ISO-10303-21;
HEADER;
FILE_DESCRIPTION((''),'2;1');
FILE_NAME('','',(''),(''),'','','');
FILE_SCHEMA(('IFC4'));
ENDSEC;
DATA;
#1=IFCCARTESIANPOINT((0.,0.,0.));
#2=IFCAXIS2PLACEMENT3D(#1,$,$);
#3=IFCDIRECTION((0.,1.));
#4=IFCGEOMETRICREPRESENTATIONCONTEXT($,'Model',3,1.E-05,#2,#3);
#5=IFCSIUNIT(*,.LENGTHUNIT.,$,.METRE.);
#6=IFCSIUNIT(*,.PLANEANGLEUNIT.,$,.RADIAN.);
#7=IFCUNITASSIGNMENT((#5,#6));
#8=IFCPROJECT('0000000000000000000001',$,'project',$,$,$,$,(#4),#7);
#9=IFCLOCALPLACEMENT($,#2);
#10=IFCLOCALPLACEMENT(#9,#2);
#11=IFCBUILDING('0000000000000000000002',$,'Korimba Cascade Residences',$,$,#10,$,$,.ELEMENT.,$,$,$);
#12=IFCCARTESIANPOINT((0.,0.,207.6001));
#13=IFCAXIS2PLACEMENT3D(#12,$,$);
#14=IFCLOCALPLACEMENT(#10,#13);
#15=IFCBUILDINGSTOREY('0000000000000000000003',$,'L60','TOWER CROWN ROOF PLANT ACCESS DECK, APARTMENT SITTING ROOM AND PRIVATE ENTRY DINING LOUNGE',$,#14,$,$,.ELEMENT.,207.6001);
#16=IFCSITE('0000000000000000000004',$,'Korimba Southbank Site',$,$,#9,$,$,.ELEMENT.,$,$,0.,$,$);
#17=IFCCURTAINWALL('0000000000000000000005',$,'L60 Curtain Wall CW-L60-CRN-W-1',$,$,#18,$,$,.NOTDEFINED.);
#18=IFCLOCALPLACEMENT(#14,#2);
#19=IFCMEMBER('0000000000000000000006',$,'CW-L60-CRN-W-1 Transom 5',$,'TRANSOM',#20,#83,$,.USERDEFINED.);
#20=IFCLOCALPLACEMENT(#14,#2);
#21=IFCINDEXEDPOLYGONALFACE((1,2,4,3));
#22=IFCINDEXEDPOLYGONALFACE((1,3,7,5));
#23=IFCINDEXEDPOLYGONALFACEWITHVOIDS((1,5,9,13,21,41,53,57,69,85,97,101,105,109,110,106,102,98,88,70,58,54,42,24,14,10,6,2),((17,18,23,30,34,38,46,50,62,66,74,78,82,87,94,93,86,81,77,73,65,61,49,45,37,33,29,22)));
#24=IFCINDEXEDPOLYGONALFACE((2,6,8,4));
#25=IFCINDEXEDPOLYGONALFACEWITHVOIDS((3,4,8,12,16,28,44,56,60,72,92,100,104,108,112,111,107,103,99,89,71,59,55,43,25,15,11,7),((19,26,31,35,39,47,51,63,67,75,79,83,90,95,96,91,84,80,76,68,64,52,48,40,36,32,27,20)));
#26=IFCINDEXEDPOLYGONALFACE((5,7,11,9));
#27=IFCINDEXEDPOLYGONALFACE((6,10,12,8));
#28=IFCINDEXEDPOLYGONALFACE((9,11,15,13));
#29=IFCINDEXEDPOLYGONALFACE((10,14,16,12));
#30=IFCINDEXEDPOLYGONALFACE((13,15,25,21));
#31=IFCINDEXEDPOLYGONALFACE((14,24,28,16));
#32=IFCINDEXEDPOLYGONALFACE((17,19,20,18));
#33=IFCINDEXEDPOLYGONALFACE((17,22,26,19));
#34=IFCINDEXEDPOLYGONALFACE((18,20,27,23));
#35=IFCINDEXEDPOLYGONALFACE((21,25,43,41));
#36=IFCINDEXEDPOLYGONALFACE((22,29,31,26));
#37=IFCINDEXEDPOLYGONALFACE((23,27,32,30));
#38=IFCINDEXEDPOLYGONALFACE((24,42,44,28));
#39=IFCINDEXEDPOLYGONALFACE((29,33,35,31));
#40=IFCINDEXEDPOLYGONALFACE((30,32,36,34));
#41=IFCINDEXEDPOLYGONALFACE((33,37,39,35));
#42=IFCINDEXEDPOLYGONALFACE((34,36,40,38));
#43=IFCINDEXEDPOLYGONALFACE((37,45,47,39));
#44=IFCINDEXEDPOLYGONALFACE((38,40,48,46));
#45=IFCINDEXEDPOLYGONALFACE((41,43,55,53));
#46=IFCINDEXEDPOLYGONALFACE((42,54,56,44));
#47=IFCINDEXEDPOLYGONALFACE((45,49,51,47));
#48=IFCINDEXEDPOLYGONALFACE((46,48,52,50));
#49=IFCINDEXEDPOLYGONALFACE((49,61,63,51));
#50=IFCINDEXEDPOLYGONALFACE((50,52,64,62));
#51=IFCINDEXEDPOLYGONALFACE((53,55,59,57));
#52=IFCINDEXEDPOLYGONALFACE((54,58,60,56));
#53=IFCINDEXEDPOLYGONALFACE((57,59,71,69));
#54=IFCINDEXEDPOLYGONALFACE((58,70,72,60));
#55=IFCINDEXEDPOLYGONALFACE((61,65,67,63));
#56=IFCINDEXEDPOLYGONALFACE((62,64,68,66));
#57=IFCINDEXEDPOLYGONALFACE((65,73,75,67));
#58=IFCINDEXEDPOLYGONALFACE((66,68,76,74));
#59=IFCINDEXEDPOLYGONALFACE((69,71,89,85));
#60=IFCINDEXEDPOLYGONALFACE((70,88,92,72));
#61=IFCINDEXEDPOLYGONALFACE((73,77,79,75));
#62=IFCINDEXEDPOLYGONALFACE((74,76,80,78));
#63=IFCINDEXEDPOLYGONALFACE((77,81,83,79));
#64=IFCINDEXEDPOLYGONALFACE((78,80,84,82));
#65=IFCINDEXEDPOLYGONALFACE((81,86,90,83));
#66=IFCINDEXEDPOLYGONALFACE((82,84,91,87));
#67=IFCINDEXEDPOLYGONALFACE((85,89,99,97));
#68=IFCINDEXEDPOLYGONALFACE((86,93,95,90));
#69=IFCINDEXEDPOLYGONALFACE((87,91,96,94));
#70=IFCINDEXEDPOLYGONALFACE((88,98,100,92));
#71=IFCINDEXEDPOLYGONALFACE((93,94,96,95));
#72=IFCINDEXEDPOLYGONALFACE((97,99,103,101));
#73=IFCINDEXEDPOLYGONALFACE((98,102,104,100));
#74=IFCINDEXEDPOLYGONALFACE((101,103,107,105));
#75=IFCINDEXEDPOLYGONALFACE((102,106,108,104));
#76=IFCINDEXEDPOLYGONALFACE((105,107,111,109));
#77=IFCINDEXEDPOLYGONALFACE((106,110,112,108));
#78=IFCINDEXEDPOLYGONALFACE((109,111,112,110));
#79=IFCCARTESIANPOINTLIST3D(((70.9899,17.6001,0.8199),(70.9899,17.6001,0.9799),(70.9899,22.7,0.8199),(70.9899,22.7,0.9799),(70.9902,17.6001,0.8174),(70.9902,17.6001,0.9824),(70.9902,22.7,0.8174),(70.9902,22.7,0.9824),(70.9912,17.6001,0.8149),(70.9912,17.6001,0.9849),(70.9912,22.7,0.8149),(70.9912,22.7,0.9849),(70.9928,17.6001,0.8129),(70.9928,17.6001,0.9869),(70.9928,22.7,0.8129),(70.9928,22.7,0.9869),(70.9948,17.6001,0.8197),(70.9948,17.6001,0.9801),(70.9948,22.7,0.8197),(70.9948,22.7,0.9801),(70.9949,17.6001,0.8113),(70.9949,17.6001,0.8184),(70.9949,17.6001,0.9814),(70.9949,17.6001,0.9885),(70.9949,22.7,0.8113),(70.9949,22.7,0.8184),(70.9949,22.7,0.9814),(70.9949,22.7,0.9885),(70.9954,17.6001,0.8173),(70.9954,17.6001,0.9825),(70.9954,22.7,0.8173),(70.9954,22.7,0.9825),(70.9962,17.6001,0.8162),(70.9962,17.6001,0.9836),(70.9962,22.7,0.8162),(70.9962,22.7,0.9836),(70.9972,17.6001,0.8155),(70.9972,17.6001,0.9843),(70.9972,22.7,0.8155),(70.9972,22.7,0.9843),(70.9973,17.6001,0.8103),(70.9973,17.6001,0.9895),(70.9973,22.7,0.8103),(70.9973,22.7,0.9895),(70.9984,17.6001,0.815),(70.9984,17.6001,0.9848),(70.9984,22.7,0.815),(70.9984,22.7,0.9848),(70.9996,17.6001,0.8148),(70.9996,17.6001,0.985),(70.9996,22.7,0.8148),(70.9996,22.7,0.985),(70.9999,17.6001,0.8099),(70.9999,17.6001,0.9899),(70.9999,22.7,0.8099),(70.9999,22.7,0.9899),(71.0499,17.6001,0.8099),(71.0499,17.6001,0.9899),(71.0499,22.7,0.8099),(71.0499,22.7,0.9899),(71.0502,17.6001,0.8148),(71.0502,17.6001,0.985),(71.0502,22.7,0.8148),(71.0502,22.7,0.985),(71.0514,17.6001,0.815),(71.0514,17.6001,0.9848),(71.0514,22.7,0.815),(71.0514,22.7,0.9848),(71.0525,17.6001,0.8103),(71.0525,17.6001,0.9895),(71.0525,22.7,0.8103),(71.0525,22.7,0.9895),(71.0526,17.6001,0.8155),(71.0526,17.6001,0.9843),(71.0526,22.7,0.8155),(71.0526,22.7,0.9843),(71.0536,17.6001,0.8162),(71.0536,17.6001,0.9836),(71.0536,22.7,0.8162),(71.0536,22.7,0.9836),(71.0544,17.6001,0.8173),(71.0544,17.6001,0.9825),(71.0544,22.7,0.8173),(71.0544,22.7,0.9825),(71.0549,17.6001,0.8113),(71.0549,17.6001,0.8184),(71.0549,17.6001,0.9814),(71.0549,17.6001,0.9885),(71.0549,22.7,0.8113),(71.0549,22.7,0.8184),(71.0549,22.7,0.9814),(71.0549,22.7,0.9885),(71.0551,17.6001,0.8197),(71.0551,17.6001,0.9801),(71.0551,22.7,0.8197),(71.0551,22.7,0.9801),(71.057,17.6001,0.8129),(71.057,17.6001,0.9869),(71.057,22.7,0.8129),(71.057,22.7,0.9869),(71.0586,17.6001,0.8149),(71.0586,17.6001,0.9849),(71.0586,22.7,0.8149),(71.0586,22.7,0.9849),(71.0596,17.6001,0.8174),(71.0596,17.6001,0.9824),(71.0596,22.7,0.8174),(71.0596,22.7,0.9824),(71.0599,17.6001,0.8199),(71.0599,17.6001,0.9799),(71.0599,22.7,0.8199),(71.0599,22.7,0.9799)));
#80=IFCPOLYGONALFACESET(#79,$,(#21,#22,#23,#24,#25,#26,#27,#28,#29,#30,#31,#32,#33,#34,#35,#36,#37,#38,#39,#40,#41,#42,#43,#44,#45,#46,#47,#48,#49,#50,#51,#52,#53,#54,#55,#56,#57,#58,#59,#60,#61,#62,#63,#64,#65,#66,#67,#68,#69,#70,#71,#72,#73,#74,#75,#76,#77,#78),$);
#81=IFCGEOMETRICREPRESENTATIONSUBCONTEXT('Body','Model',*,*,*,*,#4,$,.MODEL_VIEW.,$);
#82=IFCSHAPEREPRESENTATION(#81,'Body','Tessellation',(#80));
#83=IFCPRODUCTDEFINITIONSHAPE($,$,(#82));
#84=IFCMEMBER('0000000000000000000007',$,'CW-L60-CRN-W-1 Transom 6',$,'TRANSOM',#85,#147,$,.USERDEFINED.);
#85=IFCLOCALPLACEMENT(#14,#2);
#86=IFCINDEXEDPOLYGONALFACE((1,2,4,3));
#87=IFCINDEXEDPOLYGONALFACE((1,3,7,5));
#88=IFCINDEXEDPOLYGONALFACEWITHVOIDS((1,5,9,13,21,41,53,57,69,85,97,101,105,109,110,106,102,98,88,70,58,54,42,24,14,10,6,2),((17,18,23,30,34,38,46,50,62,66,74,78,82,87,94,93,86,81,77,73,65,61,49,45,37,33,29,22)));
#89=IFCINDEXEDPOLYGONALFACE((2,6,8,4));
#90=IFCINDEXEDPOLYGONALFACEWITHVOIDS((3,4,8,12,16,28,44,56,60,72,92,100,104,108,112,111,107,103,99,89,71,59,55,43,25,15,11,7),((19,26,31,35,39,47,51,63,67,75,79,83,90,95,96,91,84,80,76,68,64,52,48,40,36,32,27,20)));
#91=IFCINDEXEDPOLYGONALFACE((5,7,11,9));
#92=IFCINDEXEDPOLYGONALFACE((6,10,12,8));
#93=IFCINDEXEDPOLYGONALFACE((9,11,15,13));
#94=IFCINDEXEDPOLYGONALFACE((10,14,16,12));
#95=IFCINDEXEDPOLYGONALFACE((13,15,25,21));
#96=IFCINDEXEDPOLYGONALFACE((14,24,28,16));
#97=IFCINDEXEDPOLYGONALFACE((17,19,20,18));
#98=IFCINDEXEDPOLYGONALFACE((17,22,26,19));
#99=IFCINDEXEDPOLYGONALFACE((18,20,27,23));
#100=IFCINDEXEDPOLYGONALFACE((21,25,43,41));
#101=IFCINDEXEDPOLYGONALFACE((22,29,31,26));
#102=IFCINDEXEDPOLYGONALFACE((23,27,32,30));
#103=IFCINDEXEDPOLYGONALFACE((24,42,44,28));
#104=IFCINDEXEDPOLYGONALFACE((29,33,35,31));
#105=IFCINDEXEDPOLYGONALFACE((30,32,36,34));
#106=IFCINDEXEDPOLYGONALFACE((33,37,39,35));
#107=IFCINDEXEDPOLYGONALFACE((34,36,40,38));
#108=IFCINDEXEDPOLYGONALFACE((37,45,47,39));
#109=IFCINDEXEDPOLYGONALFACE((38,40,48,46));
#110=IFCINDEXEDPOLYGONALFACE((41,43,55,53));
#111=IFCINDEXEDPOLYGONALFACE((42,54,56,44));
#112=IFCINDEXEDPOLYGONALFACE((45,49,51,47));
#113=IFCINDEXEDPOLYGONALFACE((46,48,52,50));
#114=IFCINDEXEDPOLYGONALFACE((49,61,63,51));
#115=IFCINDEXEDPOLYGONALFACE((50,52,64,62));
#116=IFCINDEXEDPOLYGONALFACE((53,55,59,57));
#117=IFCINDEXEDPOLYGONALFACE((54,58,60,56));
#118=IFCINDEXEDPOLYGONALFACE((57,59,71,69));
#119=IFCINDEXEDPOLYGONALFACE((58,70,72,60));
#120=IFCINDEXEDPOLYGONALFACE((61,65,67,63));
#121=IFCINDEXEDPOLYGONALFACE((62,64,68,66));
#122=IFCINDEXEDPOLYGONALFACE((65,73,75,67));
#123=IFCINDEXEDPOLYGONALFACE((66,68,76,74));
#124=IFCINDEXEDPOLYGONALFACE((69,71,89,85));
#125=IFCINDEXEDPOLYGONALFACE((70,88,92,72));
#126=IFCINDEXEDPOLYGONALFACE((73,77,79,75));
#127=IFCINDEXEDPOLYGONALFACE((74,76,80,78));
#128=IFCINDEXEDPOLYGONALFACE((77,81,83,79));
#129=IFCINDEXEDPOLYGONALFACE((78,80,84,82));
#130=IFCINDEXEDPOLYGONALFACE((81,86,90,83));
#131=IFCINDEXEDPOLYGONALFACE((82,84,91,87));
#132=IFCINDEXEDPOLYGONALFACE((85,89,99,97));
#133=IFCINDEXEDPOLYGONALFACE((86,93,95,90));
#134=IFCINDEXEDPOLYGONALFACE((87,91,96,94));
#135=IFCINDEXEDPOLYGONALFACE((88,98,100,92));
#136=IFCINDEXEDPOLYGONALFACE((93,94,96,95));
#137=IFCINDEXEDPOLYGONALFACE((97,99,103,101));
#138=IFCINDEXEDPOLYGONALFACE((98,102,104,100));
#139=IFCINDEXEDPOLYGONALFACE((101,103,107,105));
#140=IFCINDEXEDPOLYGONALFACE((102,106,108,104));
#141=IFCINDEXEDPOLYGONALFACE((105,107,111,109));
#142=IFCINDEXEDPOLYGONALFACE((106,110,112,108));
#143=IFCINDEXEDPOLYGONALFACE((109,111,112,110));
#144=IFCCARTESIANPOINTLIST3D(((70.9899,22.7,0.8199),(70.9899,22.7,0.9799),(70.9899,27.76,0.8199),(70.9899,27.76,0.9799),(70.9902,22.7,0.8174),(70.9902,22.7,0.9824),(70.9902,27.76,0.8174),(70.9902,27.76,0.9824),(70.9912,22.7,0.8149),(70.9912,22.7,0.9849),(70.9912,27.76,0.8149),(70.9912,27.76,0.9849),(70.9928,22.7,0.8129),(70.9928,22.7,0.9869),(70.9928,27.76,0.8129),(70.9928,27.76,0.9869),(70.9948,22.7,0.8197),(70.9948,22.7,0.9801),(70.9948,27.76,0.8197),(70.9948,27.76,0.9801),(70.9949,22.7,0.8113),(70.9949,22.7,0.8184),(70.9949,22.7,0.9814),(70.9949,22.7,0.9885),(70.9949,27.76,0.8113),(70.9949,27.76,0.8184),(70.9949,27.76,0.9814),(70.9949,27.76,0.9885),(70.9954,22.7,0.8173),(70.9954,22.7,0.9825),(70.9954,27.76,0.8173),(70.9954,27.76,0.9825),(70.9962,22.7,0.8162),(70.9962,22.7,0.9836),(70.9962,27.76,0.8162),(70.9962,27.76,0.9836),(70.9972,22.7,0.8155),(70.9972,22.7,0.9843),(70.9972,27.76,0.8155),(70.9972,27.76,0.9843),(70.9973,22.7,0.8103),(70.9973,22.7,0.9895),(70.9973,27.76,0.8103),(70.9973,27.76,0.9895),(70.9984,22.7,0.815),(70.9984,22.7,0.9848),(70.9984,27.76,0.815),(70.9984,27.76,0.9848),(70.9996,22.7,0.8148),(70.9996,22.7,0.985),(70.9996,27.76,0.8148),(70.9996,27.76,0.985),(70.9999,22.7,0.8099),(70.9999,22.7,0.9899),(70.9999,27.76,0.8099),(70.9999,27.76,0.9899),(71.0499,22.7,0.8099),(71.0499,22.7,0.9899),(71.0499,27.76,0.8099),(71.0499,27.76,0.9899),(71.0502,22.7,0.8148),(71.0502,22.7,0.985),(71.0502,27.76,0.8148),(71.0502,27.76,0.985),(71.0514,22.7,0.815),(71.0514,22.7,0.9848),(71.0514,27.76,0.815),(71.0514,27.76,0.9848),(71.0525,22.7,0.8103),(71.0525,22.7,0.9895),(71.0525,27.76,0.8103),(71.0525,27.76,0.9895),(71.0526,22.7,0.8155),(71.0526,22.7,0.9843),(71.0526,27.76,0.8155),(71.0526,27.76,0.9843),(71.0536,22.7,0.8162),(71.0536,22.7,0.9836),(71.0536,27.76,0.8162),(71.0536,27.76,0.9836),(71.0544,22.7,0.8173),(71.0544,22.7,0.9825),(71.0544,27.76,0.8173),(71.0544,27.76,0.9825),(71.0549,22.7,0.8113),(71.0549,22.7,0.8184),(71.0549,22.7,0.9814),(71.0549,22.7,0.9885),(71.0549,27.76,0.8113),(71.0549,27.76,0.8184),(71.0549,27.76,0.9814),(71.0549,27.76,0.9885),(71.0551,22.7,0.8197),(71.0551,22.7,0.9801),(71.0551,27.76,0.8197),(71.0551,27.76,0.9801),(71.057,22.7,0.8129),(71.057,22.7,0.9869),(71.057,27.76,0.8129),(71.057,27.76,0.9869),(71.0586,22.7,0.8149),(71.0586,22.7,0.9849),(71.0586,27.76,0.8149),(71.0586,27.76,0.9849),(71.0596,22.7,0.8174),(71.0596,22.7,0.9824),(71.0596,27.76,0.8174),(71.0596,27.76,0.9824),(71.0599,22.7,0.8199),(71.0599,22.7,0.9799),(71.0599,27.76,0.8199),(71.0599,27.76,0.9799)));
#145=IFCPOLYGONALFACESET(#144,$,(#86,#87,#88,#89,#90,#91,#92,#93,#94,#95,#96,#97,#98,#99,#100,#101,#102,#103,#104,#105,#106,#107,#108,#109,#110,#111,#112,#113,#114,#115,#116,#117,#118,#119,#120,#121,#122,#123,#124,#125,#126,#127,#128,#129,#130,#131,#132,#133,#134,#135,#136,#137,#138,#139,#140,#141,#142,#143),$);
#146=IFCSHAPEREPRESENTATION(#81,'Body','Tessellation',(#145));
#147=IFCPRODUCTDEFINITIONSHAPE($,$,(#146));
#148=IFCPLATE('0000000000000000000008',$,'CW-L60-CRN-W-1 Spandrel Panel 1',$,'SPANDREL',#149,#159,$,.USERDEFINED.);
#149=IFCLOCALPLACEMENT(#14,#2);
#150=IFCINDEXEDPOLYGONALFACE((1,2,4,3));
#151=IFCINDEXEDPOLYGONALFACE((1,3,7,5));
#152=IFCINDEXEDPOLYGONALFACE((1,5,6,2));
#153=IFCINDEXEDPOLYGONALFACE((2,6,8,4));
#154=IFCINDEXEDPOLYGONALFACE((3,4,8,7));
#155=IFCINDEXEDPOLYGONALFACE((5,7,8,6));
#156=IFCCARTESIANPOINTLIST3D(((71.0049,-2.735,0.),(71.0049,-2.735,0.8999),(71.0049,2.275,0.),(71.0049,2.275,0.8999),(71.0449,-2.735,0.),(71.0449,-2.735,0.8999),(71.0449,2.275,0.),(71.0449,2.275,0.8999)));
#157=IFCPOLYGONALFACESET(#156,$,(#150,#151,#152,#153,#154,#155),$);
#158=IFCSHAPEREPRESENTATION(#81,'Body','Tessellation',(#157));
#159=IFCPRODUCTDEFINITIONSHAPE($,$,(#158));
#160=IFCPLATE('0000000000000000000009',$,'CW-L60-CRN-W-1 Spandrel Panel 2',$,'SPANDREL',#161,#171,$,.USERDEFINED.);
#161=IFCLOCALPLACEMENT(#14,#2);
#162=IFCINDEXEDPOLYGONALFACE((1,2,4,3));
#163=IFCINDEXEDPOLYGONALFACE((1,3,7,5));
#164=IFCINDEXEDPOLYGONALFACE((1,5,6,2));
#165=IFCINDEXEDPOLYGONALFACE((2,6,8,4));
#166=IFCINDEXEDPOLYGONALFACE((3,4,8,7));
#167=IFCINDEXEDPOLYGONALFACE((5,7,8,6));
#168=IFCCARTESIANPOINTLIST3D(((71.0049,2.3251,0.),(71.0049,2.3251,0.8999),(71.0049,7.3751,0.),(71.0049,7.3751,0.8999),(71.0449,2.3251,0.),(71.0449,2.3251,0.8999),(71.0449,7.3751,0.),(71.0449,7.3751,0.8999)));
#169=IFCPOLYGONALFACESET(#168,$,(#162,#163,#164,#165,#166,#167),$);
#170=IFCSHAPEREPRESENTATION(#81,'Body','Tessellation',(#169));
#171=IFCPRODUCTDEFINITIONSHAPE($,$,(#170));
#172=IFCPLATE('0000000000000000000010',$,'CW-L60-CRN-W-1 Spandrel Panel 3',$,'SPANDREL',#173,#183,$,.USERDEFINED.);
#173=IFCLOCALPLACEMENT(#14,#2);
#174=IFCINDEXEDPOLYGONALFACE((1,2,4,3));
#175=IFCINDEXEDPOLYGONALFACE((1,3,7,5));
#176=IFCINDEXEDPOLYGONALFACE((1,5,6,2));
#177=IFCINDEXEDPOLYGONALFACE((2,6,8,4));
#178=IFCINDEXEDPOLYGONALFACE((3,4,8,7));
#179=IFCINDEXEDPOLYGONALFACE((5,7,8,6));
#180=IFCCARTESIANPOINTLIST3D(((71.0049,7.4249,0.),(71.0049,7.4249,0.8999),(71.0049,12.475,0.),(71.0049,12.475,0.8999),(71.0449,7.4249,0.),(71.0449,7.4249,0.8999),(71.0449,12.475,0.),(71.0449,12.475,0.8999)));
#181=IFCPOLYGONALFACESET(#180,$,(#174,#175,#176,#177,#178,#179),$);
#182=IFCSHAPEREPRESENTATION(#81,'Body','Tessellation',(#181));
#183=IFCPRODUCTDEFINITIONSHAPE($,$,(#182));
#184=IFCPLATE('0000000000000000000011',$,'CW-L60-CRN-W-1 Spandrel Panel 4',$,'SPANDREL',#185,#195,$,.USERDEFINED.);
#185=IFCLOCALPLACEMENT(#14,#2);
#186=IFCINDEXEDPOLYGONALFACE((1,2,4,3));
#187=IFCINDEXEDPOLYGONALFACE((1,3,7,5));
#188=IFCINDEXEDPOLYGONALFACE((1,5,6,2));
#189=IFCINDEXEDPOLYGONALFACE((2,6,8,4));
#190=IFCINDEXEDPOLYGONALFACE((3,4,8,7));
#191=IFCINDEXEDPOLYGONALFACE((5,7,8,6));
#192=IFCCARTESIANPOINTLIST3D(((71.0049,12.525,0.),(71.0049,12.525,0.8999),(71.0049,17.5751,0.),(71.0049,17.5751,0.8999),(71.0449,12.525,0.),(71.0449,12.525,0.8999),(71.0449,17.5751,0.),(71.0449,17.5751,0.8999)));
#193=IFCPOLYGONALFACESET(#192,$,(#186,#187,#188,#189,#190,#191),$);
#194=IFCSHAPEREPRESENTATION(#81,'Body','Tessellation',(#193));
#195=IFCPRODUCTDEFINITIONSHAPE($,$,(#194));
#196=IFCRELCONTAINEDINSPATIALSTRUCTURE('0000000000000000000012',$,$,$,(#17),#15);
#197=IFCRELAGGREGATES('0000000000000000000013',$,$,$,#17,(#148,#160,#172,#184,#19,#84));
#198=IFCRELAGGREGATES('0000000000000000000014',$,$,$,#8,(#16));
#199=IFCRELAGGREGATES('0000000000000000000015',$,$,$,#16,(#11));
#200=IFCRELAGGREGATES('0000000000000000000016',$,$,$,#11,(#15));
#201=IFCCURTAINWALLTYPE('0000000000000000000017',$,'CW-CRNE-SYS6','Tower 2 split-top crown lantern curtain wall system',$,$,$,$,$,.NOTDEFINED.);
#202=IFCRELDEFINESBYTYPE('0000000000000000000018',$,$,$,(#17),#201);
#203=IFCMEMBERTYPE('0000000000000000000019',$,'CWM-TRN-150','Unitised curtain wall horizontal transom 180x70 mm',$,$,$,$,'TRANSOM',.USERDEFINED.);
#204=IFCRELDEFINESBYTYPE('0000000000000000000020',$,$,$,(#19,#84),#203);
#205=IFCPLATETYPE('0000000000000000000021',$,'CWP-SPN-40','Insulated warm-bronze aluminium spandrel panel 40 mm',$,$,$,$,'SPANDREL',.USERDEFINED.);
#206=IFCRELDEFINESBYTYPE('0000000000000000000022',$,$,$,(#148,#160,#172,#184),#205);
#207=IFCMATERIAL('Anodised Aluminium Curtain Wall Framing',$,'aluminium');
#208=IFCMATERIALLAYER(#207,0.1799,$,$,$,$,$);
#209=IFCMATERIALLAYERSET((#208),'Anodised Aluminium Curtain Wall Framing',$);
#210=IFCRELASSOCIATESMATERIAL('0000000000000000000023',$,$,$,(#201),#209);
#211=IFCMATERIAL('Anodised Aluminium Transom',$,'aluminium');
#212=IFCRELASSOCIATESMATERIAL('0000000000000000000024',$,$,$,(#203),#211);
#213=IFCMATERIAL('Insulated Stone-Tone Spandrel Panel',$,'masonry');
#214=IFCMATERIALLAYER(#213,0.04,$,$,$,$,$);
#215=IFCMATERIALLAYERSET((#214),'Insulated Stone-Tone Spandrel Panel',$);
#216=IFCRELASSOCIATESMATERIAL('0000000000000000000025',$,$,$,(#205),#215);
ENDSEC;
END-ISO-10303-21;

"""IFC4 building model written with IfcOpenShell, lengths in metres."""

from ifc_helpers import new_model, si_unit, direction, frame, origin, origin_2d, place, context, subcontext, project, spatial, rectangle, hollow_rectangle, extrude, material, layer, layer_set, material_profile, profile_set, type_object, element, aggregate, save


model = new_model("IFC4")

# Units and contexts
model_context = context("Model", 3, precision=1e-05, world=origin(), true_north=direction((0.0, 1.0)))
body_context = subcontext(model_context, "Body", "Model", "MODEL_VIEW")
ifc_project = project(units=[si_unit("LENGTHUNIT", "METRE"), si_unit("PLANEANGLEUNIT", "RADIAN")], contexts=[model_context])

# Site, building, storey
site_placement = place(None, origin())
site = spatial("IfcSite", under=ifc_project, at=site_placement, Name="Korimba Southbank Site", CompositionType="ELEMENT", RefElevation=0.0)
building_placement = place(site_placement, origin())
building = spatial("IfcBuilding", under=site, at=building_placement, Name="Korimba Cascade Residences", CompositionType="ELEMENT")
storey_placement = place(building_placement, frame((0.0, 0.0, 207.6001)))
storey = spatial("IfcBuildingStorey", under=building, at=storey_placement, Name="L60", Description="TOWER CROWN ROOF PLANT ACCESS DECK, APARTMENT SITTING ROOM AND PRIVATE ENTRY DINING LOUNGE", CompositionType="ELEMENT", Elevation=207.6001)

# Curtain wall, members, plates
ifc_material_1 = material(Name="Anodised Aluminium Curtain Wall Framing", Category="aluminium")
ifc_layer_1 = layer(ifc_material_1, 0.1799)
ifc_layer_set_1 = layer_set([ifc_layer_1], Name="Anodised Aluminium Curtain Wall Framing")
curtain_wall_type = type_object("IfcCurtainWallType", Name="CW-CRNE-SYS6", Description="Tower 2 split-top crown lantern curtain wall system", PredefinedType="NOTDEFINED", material=ifc_layer_set_1)
curtain_wall_placement = place(storey_placement, origin())
curtain_wall = element("IfcCurtainWall", 1, at=curtain_wall_placement, inside=storey, type_object=curtain_wall_type, Name="L60 Curtain Wall CW-L60-CRN-W-1", PredefinedType="NOTDEFINED")
ifc_material_2 = material(Name="Anodised Aluminium Transom", Category="aluminium")
ifc_material_profile_1 = material_profile(ifc_material_2, hollow_rectangle(XDim=0.0701, YDim=0.1799, WallThickness=0.0049, InnerFilletRadius=0.0049, OuterFilletRadius=0.01, at=origin_2d()), Name="Anodised Aluminium Transom")
ifc_profile_set_1 = profile_set([ifc_material_profile_1], Name="Anodised Aluminium Transom")
member_type_1 = type_object("IfcMemberType", Name="CWM-TRN-150", Description="Unitised curtain wall horizontal transom 180x70 mm", ElementType="TRANSOM", PredefinedType="USERDEFINED", material=ifc_profile_set_1)
member_1_placement = place(storey_placement, frame((71.0249, 17.6001, 0.8999), z_axis=(0.0, 1.0, 0.0), x_axis=(-1.0, 0.0, 0.0)))
member_1 = element("IfcMember", 2, at=member_1_placement, type_object=member_type_1, Name="CW-L60-CRN-W-1 Transom 5", ObjectType="TRANSOM", PredefinedType="USERDEFINED", context=body_context, shape_type="SweptSolid", body=[
    extrude(hollow_rectangle(XDim=0.0701, YDim=0.1799, WallThickness=0.0049, InnerFilletRadius=0.0049, OuterFilletRadius=0.01, at=origin_2d()), origin(), (0.0, 0.0, 1.0), 5.0999),
])
member_2_placement = place(storey_placement, frame((71.0249, 22.7, 0.8999), z_axis=(0.0, 1.0, 0.0), x_axis=(-1.0, 0.0, 0.0)))
member_2 = element("IfcMember", 3, at=member_2_placement, type_object=member_type_1, Name="CW-L60-CRN-W-1 Transom 6", ObjectType="TRANSOM", PredefinedType="USERDEFINED", context=body_context, shape_type="SweptSolid", body=[
    extrude(hollow_rectangle(XDim=0.0701, YDim=0.1799, WallThickness=0.0049, InnerFilletRadius=0.0049, OuterFilletRadius=0.01, at=origin_2d()), origin(), (0.0, 0.0, 1.0), 5.0601),
])
ifc_material_3 = material(Name="Insulated Stone-Tone Spandrel Panel", Category="masonry")
ifc_layer_2 = layer(ifc_material_3, 0.04)
ifc_layer_set_2 = layer_set([ifc_layer_2], Name="Insulated Stone-Tone Spandrel Panel")
plate_type_1 = type_object("IfcPlateType", Name="CWP-SPN-40", Description="Insulated warm-bronze aluminium spandrel panel 40 mm", ElementType="SPANDREL", PredefinedType="USERDEFINED", material=ifc_layer_set_2)
plate_1_placement = place(storey_placement, frame((71.0249, -0.23, 0.0), z_axis=(0.0, 0.0, 1.0), x_axis=(0.0, 1.0, 0.0)))
plate_1 = element("IfcPlate", 4, at=plate_1_placement, type_object=plate_type_1, Name="CW-L60-CRN-W-1 Spandrel Panel 1", ObjectType="SPANDREL", PredefinedType="USERDEFINED", context=body_context, shape_type="SweptSolid", body=[
    extrude(rectangle(XDim=5.01, YDim=0.04, at=origin_2d()), origin(), (0.0, 0.0, 1.0), 0.8999),
])
plate_2_placement = place(storey_placement, frame((71.0249, 4.8501, 0.0), z_axis=(0.0, 0.0, 1.0), x_axis=(0.0, 1.0, 0.0)))
plate_2 = element("IfcPlate", 5, at=plate_2_placement, type_object=plate_type_1, Name="CW-L60-CRN-W-1 Spandrel Panel 2", ObjectType="SPANDREL", PredefinedType="USERDEFINED", context=body_context, shape_type="SweptSolid", body=[
    extrude(rectangle(XDim=5.05, YDim=0.04, at=origin_2d()), origin(), (0.0, 0.0, 1.0), 0.8999),
])
plate_3_placement = place(storey_placement, frame((71.0249, 9.95, 0.0), z_axis=(0.0, 0.0, 1.0), x_axis=(0.0, 1.0, 0.0)))
plate_3 = element("IfcPlate", 6, at=plate_3_placement, type_object=plate_type_1, Name="CW-L60-CRN-W-1 Spandrel Panel 3", ObjectType="SPANDREL", PredefinedType="USERDEFINED", context=body_context, shape_type="SweptSolid", body=[
    extrude(rectangle(XDim=5.05, YDim=0.04, at=origin_2d()), origin(), (0.0, 0.0, 1.0), 0.8999),
])
plate_4_placement = place(storey_placement, frame((71.0249, 15.05, 0.0), z_axis=(0.0, 0.0, 1.0), x_axis=(0.0, 1.0, 0.0)))
plate_4 = element("IfcPlate", 7, at=plate_4_placement, type_object=plate_type_1, Name="CW-L60-CRN-W-1 Spandrel Panel 4", ObjectType="SPANDREL", PredefinedType="USERDEFINED", context=body_context, shape_type="SweptSolid", body=[
    extrude(rectangle(XDim=5.05, YDim=0.04, at=origin_2d()), origin(), (0.0, 0.0, 1.0), 0.8999),
])
aggregate(curtain_wall, [plate_1, plate_2, plate_3, plate_4, member_1, member_2])

save(model, "model.ifc")
